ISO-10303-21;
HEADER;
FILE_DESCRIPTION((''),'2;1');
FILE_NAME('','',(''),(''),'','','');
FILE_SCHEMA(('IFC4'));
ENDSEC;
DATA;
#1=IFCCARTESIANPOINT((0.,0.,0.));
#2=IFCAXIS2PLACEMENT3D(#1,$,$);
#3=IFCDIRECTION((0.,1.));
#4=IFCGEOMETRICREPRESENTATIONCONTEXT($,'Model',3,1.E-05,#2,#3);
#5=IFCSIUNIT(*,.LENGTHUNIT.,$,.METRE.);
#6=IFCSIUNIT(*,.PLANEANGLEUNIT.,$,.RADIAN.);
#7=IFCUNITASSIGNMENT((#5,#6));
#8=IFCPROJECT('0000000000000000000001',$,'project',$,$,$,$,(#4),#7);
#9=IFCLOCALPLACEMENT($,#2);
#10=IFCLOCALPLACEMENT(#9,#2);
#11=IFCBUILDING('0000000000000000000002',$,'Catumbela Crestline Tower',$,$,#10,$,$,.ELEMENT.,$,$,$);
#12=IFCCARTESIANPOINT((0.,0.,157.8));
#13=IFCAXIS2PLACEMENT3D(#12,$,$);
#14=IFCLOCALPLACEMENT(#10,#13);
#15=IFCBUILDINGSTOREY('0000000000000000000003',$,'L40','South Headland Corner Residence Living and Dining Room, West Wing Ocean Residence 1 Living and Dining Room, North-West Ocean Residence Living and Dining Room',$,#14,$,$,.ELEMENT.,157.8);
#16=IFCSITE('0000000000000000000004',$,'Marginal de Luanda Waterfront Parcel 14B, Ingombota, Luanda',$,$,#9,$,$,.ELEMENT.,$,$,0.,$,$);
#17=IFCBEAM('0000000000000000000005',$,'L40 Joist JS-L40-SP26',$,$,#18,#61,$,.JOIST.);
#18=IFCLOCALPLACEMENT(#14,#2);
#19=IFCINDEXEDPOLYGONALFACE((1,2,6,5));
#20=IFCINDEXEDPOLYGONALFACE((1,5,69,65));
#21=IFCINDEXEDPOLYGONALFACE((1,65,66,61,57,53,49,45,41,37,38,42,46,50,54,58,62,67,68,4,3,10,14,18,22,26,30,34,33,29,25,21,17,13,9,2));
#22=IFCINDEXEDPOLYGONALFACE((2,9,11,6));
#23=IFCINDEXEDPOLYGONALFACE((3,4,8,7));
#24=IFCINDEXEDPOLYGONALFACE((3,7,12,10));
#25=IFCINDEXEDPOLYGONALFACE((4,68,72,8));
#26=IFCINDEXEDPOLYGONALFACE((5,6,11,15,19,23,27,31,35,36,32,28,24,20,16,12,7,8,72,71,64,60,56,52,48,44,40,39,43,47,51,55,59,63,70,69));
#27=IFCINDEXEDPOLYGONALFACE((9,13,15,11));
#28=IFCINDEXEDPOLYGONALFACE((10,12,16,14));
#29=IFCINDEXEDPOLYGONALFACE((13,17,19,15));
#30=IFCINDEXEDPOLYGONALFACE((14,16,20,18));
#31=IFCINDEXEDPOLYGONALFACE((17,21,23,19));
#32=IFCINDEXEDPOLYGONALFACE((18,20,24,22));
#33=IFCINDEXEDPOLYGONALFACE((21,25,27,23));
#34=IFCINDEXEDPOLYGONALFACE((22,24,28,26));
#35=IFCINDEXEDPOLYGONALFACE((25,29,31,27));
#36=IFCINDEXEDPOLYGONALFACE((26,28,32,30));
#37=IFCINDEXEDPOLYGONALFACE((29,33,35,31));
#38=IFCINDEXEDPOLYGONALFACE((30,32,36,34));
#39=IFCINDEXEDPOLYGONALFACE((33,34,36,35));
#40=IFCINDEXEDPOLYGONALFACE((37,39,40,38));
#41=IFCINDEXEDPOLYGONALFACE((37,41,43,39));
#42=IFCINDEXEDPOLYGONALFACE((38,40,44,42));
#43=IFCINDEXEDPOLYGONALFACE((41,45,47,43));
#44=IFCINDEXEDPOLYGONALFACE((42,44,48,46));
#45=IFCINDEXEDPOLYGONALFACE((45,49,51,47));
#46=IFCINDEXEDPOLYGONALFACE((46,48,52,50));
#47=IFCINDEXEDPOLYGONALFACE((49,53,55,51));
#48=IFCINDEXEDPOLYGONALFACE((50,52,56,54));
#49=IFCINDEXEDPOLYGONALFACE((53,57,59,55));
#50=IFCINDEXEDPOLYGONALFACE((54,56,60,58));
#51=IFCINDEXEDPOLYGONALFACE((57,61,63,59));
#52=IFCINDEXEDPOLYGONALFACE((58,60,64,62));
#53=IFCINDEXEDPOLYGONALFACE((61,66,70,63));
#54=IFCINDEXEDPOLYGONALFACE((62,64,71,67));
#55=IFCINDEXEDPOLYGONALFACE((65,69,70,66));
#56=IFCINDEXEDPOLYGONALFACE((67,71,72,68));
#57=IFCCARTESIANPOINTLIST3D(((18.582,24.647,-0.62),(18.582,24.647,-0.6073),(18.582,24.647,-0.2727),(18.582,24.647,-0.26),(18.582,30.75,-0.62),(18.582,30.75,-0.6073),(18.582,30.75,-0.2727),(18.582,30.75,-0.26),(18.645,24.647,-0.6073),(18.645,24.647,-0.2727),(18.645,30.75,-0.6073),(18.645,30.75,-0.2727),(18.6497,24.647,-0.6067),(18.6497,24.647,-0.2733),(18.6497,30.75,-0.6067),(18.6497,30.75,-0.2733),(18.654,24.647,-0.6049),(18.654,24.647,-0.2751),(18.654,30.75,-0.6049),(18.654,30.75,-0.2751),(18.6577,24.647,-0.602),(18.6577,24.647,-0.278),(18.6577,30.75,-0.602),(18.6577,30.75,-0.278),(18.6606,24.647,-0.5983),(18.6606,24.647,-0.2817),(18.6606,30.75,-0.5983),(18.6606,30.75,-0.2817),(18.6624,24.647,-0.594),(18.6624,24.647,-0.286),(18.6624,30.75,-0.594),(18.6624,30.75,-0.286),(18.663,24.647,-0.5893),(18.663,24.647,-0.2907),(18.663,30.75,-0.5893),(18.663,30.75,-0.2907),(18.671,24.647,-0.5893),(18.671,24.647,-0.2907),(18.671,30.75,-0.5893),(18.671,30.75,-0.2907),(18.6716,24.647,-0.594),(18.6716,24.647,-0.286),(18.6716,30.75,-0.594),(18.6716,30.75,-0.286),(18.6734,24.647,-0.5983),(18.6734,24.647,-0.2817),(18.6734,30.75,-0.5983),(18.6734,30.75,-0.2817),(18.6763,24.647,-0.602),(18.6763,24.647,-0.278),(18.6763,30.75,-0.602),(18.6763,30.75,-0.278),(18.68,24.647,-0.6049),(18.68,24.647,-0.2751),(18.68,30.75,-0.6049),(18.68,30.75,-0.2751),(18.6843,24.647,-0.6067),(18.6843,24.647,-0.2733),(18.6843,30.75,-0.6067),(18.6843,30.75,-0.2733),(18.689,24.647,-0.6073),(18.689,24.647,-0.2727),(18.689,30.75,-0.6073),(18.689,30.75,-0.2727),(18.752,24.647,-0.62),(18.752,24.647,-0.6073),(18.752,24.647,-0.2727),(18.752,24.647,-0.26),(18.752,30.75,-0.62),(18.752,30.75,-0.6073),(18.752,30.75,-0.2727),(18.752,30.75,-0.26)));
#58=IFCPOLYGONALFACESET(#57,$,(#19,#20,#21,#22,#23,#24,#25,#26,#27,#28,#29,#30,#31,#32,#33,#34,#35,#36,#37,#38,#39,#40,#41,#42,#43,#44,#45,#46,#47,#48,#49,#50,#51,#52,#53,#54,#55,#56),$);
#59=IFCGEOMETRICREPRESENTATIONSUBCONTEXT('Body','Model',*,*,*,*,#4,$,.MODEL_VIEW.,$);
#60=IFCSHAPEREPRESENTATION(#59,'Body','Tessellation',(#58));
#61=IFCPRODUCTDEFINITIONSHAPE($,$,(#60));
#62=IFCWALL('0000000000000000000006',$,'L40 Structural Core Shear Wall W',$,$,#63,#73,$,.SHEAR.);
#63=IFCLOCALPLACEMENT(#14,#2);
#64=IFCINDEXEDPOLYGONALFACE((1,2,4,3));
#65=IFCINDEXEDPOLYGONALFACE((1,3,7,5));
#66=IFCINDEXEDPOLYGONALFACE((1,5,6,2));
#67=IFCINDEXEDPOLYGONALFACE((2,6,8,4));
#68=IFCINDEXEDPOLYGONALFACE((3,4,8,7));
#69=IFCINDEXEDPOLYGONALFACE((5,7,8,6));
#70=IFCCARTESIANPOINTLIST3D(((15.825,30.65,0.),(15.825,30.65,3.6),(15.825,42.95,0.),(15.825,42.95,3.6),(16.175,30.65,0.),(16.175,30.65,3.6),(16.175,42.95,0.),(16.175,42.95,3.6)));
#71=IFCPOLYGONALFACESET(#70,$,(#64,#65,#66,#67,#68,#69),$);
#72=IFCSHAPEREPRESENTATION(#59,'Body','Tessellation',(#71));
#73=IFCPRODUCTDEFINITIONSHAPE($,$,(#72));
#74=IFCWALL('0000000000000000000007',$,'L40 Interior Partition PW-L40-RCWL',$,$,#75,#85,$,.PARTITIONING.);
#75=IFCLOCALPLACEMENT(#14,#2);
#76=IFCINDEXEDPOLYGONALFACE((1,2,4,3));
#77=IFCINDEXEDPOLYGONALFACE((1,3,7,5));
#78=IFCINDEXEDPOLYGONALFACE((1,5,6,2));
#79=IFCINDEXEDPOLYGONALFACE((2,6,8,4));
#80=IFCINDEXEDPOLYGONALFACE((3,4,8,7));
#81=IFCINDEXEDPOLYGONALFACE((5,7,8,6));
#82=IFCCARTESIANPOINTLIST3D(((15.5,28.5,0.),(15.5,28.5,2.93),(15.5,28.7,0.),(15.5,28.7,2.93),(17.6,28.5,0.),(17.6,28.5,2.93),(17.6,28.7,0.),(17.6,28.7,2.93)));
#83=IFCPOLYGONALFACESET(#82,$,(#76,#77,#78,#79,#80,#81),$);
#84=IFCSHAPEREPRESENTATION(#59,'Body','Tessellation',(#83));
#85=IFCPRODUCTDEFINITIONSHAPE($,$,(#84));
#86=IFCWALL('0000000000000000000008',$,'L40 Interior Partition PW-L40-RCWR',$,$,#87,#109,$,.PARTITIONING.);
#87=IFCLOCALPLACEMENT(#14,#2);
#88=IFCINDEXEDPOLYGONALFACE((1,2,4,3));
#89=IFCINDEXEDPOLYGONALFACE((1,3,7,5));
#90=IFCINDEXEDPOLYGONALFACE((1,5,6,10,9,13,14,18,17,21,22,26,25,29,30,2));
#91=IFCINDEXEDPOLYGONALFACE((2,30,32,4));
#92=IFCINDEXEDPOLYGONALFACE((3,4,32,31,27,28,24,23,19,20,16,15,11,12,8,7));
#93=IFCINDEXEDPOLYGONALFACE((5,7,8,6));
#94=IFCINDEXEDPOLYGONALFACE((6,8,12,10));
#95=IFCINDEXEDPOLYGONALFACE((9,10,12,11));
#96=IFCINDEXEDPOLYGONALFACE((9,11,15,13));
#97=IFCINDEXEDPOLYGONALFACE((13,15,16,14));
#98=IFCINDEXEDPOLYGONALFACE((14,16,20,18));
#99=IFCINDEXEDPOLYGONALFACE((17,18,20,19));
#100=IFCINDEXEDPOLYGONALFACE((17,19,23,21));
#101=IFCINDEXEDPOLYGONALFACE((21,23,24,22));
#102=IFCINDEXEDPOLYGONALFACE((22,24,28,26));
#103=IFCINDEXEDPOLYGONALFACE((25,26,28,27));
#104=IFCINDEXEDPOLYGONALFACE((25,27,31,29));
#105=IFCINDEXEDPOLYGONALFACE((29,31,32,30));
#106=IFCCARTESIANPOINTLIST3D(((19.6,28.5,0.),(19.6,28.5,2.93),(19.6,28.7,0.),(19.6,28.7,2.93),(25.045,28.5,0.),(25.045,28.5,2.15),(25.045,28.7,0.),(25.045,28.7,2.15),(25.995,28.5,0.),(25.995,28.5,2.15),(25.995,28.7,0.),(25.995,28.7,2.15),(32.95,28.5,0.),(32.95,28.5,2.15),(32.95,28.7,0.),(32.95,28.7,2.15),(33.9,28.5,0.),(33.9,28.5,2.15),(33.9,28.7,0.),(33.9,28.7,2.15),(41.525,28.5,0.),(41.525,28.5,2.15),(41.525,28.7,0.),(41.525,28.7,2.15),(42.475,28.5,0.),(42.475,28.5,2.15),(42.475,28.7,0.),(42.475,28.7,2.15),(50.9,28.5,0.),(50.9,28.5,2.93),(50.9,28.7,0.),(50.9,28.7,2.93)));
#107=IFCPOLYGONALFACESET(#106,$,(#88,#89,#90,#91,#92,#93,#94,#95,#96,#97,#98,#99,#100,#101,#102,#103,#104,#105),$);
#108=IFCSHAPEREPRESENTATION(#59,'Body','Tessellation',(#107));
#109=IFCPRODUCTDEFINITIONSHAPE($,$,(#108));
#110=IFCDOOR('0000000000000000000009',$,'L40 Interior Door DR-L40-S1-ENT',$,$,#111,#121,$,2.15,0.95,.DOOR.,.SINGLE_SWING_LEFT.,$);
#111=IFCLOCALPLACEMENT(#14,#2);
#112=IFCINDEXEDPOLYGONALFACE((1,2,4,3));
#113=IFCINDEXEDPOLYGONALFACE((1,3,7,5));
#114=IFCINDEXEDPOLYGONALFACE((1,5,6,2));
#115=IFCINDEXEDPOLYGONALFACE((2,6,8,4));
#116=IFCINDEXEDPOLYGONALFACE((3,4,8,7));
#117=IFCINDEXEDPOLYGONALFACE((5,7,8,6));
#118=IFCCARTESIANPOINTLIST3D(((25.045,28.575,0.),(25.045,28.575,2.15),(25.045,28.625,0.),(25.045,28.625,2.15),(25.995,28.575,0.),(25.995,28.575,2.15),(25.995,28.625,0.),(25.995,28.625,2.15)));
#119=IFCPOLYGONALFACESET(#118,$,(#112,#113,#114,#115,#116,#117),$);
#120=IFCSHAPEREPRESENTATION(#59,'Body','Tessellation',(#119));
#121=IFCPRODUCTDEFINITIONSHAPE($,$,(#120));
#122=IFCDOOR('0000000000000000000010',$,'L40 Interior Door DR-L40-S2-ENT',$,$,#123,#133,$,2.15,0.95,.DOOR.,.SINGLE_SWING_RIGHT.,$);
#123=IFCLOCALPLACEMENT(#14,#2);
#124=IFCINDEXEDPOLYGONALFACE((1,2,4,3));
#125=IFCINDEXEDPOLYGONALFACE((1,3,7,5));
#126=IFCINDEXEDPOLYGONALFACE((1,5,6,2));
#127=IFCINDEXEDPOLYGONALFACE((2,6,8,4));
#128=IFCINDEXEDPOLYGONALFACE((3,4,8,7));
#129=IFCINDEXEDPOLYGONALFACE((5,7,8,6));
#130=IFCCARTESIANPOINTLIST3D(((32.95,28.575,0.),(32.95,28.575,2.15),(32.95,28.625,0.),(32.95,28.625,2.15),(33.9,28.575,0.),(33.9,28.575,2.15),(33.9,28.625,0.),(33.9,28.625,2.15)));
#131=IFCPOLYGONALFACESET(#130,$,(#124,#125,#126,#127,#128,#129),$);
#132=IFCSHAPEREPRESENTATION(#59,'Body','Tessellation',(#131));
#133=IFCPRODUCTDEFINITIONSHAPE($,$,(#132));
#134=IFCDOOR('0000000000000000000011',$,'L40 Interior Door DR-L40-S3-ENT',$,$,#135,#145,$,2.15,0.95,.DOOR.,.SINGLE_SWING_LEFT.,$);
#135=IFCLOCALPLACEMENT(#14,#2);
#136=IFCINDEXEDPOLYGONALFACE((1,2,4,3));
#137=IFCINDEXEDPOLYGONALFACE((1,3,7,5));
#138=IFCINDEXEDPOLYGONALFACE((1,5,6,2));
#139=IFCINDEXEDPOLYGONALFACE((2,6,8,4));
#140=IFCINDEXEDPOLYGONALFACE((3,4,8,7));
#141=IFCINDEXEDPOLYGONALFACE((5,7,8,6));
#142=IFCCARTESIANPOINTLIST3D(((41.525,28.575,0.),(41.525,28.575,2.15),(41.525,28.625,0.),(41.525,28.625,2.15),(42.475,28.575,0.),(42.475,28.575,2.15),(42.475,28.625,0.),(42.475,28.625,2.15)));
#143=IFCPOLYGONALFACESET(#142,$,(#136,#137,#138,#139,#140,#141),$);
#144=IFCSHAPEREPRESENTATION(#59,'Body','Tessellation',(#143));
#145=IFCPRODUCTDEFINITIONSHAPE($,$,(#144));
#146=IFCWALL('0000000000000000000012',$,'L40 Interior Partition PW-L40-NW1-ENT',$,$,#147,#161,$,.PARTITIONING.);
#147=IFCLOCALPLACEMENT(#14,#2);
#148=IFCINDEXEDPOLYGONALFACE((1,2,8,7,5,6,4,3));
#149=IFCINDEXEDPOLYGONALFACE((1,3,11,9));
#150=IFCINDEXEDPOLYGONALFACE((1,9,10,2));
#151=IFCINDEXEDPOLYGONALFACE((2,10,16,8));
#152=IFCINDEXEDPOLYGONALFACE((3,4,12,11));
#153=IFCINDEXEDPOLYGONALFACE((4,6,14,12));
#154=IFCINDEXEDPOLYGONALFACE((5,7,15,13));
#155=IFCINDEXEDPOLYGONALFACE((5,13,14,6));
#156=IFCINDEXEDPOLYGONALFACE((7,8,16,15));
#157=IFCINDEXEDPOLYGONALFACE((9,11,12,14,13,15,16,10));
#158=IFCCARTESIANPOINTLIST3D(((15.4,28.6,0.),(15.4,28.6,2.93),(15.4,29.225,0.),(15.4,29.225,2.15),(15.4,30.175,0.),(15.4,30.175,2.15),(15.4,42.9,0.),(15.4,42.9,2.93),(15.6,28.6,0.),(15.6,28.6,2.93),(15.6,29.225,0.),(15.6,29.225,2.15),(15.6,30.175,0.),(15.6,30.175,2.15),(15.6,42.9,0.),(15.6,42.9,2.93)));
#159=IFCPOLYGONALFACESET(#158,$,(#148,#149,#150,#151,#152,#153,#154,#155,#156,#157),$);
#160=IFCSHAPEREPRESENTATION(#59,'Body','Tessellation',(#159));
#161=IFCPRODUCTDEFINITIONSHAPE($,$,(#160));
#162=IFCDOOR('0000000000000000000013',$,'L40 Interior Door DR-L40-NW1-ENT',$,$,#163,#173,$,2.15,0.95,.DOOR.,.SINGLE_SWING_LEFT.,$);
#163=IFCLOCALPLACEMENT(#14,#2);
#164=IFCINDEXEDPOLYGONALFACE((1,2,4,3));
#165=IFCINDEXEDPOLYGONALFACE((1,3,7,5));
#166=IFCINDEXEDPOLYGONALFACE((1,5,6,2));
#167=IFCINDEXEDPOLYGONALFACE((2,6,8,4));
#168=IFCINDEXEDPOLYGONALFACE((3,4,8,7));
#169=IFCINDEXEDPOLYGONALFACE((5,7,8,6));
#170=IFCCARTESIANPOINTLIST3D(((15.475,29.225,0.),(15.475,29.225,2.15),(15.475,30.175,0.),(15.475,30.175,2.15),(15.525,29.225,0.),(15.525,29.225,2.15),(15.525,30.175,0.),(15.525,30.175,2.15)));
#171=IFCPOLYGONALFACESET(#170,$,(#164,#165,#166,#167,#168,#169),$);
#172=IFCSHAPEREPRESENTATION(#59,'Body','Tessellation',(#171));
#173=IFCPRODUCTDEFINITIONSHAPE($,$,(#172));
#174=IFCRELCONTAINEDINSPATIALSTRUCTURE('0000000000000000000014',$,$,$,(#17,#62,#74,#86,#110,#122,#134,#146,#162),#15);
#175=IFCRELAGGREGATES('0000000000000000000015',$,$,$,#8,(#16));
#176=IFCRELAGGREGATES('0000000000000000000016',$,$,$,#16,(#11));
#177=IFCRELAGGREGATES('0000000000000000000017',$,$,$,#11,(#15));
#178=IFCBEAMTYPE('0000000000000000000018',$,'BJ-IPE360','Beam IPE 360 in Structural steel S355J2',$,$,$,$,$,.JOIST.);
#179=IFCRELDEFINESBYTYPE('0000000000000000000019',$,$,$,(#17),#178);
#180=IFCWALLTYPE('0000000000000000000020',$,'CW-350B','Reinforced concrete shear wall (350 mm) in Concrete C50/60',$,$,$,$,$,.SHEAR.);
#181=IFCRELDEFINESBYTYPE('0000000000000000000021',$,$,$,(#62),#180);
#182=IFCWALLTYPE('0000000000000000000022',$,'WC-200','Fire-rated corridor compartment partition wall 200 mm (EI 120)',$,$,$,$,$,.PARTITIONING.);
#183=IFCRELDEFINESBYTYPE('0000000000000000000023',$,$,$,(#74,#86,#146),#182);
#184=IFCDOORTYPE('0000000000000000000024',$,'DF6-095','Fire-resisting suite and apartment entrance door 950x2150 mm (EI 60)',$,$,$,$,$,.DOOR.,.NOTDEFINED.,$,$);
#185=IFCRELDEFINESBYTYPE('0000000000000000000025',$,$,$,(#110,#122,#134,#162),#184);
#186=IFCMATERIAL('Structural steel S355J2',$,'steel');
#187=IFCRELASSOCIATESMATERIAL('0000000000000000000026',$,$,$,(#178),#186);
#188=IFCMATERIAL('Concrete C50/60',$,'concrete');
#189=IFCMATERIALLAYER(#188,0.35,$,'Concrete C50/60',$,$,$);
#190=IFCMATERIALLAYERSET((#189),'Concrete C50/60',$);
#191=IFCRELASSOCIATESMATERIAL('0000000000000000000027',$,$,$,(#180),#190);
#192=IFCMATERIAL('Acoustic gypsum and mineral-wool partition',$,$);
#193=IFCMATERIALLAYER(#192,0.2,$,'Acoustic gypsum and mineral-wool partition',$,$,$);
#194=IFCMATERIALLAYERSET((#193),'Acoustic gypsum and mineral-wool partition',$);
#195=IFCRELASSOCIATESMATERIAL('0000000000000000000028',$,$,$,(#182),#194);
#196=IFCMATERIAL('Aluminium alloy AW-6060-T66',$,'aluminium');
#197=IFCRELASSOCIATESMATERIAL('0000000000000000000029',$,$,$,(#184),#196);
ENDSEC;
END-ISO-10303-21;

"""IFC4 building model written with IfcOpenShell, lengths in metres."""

from ifc_helpers import new_model, si_unit, direction, frame, frame_2d, origin, origin_2d, place, context, subcontext, project, spatial, rectangle, i_section, extrude, material, layer, layer_set, material_profile, profile_set, type_object, element, fill, save


model = new_model("IFC4")

# Units and contexts
model_context = context("Model", 3, precision=1e-05, world=origin(), true_north=direction((0.0, 1.0)))
body_context = subcontext(model_context, "Body", "Model", "MODEL_VIEW")
ifc_project = project(units=[si_unit("LENGTHUNIT", "METRE"), si_unit("PLANEANGLEUNIT", "RADIAN")], contexts=[model_context])

# Site, building, storey
site_placement = place(None, origin())
site = spatial("IfcSite", under=ifc_project, at=site_placement, Name="Marginal de Luanda Waterfront Parcel 14B, Ingombota, Luanda", CompositionType="ELEMENT", RefElevation=0.0)
building_placement = place(site_placement, origin())
building = spatial("IfcBuilding", under=site, at=building_placement, Name="Catumbela Crestline Tower", CompositionType="ELEMENT")
storey_placement = place(building_placement, frame((0.0, 0.0, 157.8)))
storey = spatial("IfcBuildingStorey", under=building, at=storey_placement, Name="L40", Description="South Headland Corner Residence Living and Dining Room, West Wing Ocean Residence 1 Living and Dining Room, North-West Ocean Residence Living and Dining Room", CompositionType="ELEMENT", Elevation=157.8)

# Shared definitions
ifc_material_1 = material(Name="Concrete C50/60", Category="concrete")

# Beam
ifc_material_2 = material(Name="Structural steel S355J2", Category="steel")
ifc_material_profile_1 = material_profile(ifc_material_2, i_section(OverallWidth=0.17, OverallDepth=0.36, WebThickness=0.008, FlangeThickness=0.0127, FilletRadius=0.018, at=origin_2d()), Name="IPE 360")
ifc_profile_set_1 = profile_set([ifc_material_profile_1], Name="Structural steel S355J2")
beam_type_1 = type_object("IfcBeamType", Name="BJ-IPE360", Description="Beam IPE 360 in Structural steel S355J2", PredefinedType="JOIST", material=ifc_profile_set_1)
beam_1_placement = place(storey_placement, frame((18.667, 24.647, -0.44), z_axis=(0.0, 1.0, 0.0), x_axis=(-1.0, 0.0, 0.0)))
element("IfcBeam", 1, at=beam_1_placement, inside=storey, type_object=beam_type_1, Name="L40 Joist JS-L40-SP26", PredefinedType="JOIST", context=body_context, shape_type="SweptSolid", body=[
    extrude(i_section(OverallWidth=0.17, OverallDepth=0.36, WebThickness=0.008, FlangeThickness=0.0127, FilletRadius=0.018, at=origin_2d()), origin(), (0.0, 0.0, 1.0), 6.103),
])

# Walls
ifc_layer_1 = layer(ifc_material_1, 0.35, Name="Concrete C50/60")
ifc_layer_set_1 = layer_set([ifc_layer_1], Name="Concrete C50/60")
wall_type_1 = type_object("IfcWallType", Name="CW-350B", Description="Reinforced concrete shear wall (350 mm) in Concrete C50/60", PredefinedType="SHEAR", material=ifc_layer_set_1)
wall_1_placement = place(storey_placement, frame((16.0, 30.65, 0.0), z_axis=(0.0, 0.0, 1.0), x_axis=(0.0, 1.0, 0.0)))
element("IfcWall", 2, at=wall_1_placement, inside=storey, type_object=wall_type_1, Name="L40 Structural Core Shear Wall W", PredefinedType="SHEAR", context=body_context, shape_type="SweptSolid", body=[
    extrude(rectangle(XDim=12.3, YDim=0.35, at=frame_2d((6.15, 0.0))), origin(), (0.0, 0.0, 1.0), 3.6),
])
ifc_material_3 = material(Name="Acoustic gypsum and mineral-wool partition")
ifc_layer_2 = layer(ifc_material_3, 0.2, Name="Acoustic gypsum and mineral-wool partition")
ifc_layer_set_2 = layer_set([ifc_layer_2], Name="Acoustic gypsum and mineral-wool partition")
wall_type_2 = type_object("IfcWallType", Name="WC-200", Description="Fire-rated corridor compartment partition wall 200 mm (EI 120)", PredefinedType="PARTITIONING", material=ifc_layer_set_2)
wall_2_placement = place(storey_placement, frame((15.5, 28.6, 0.0), z_axis=(0.0, 0.0, 1.0), x_axis=(1.0, 0.0, 0.0)))
element("IfcWall", 3, at=wall_2_placement, inside=storey, type_object=wall_type_2, Name="L40 Interior Partition PW-L40-RCWL", PredefinedType="PARTITIONING", context=body_context, shape_type="SweptSolid", body=[
    extrude(rectangle(XDim=2.1, YDim=0.2, at=frame_2d((1.05, 0.0))), origin(), (0.0, 0.0, 1.0), 2.93),
])

# Wall, openings, doors
wall_3_placement = place(storey_placement, frame((19.6, 28.6, 0.0), z_axis=(0.0, 0.0, 1.0), x_axis=(1.0, 0.0, 0.0)))
wall_3 = element("IfcWall", 4, at=wall_3_placement, inside=storey, type_object=wall_type_2, Name="L40 Interior Partition PW-L40-RCWR", PredefinedType="PARTITIONING", context=body_context, shape_type="SweptSolid", body=[
    extrude(rectangle(XDim=31.3, YDim=0.2, at=frame_2d((15.65, 0.0))), origin(), (0.0, 0.0, 1.0), 2.93),
])
opening_1_placement = place(wall_3_placement, frame((5.445, 0.0, 0.0)))
opening_1 = element("IfcOpeningElement", 5, at=opening_1_placement, cuts=wall_3, PredefinedType="OPENING", context=body_context, shape_type="SweptSolid", body=[
    extrude(rectangle(XDim=0.95, YDim=2.15, at=frame_2d((0.475, 1.075))), frame((0.0, 0.11, 0.0), z_axis=(0.0, -1.0, 0.0), x_axis=(1.0, 0.0, 0.0)), (0.0, 0.0, 1.0), 0.22),
])
opening_2_placement = place(wall_3_placement, frame((13.35, 0.0, 0.0)))
opening_2 = element("IfcOpeningElement", 6, at=opening_2_placement, cuts=wall_3, PredefinedType="OPENING", context=body_context, shape_type="SweptSolid", body=[
    extrude(rectangle(XDim=0.95, YDim=2.15, at=frame_2d((0.475, 1.075))), frame((0.0, 0.11, 0.0), z_axis=(0.0, -1.0, 0.0), x_axis=(1.0, 0.0, 0.0)), (0.0, 0.0, 1.0), 0.22),
])
opening_3_placement = place(wall_3_placement, frame((21.925, 0.0, 0.0)))
opening_3 = element("IfcOpeningElement", 7, at=opening_3_placement, cuts=wall_3, PredefinedType="OPENING", context=body_context, shape_type="SweptSolid", body=[
    extrude(rectangle(XDim=0.95, YDim=2.15, at=frame_2d((0.475, 1.075))), frame((0.0, 0.11, 0.0), z_axis=(0.0, -1.0, 0.0), x_axis=(1.0, 0.0, 0.0)), (0.0, 0.0, 1.0), 0.22),
])
ifc_material_4 = material(Name="Aluminium alloy AW-6060-T66", Category="aluminium")
door_type_1 = type_object("IfcDoorType", Name="DF6-095", Description="Fire-resisting suite and apartment entrance door 950x2150 mm (EI 60)", OperationType="NOTDEFINED", PredefinedType="DOOR", material=ifc_material_4)
door_1_placement = place(opening_1_placement, origin())
door_1 = element("IfcDoor", 8, at=door_1_placement, inside=storey, type_object=door_type_1, Name="L40 Interior Door DR-L40-S1-ENT", OperationType="SINGLE_SWING_LEFT", OverallHeight=2.15, OverallWidth=0.95, PredefinedType="DOOR", context=body_context, shape_type="SweptSolid", body=[
    extrude(rectangle(XDim=0.95, YDim=2.15, at=frame_2d((0.475, 1.075))), frame((0.0, 0.025, 0.0), z_axis=(0.0, -1.0, 0.0), x_axis=(1.0, 0.0, 0.0)), (0.0, 0.0, 1.0), 0.05),
])
fill(opening_1, door_1)
door_2_placement = place(opening_2_placement, origin())
door_2 = element("IfcDoor", 9, at=door_2_placement, inside=storey, type_object=door_type_1, Name="L40 Interior Door DR-L40-S2-ENT", OperationType="SINGLE_SWING_RIGHT", OverallHeight=2.15, OverallWidth=0.95, PredefinedType="DOOR", context=body_context, shape_type="SweptSolid", body=[
    extrude(rectangle(XDim=0.95, YDim=2.15, at=frame_2d((0.475, 1.075))), frame((0.0, 0.025, 0.0), z_axis=(0.0, -1.0, 0.0), x_axis=(1.0, 0.0, 0.0)), (0.0, 0.0, 1.0), 0.05),
])
fill(opening_2, door_2)
door_3_placement = place(opening_3_placement, origin())
door_3 = element("IfcDoor", 10, at=door_3_placement, inside=storey, type_object=door_type_1, Name="L40 Interior Door DR-L40-S3-ENT", OperationType="SINGLE_SWING_LEFT", OverallHeight=2.15, OverallWidth=0.95, PredefinedType="DOOR", context=body_context, shape_type="SweptSolid", body=[
    extrude(rectangle(XDim=0.95, YDim=2.15, at=frame_2d((0.475, 1.075))), frame((0.0, 0.025, 0.0), z_axis=(0.0, -1.0, 0.0), x_axis=(1.0, 0.0, 0.0)), (0.0, 0.0, 1.0), 0.05),
])
fill(opening_3, door_3)

# Wall, opening, door
wall_4_placement = place(storey_placement, frame((15.5, 28.6, 0.0), z_axis=(0.0, 0.0, 1.0), x_axis=(0.0, 1.0, 0.0)))
wall_4 = element("IfcWall", 11, at=wall_4_placement, inside=storey, type_object=wall_type_2, Name="L40 Interior Partition PW-L40-NW1-ENT", PredefinedType="PARTITIONING", context=body_context, shape_type="SweptSolid", body=[
    extrude(rectangle(XDim=14.3, YDim=0.2, at=frame_2d((7.15, 0.0))), origin(), (0.0, 0.0, 1.0), 2.93),
])
opening_4_placement = place(wall_4_placement, frame((0.625, 0.0, 0.0)))
opening_4 = element("IfcOpeningElement", 12, at=opening_4_placement, cuts=wall_4, PredefinedType="OPENING", context=body_context, shape_type="SweptSolid", body=[
    extrude(rectangle(XDim=0.95, YDim=2.15, at=frame_2d((0.475, 1.075))), frame((0.0, 0.11, 0.0), z_axis=(0.0, -1.0, 0.0), x_axis=(1.0, 0.0, 0.0)), (0.0, 0.0, 1.0), 0.22),
])
door_4_placement = place(opening_4_placement, origin())
door_4 = element("IfcDoor", 13, at=door_4_placement, inside=storey, type_object=door_type_1, Name="L40 Interior Door DR-L40-NW1-ENT", OperationType="SINGLE_SWING_LEFT", OverallHeight=2.15, OverallWidth=0.95, PredefinedType="DOOR", context=body_context, shape_type="SweptSolid", body=[
    extrude(rectangle(XDim=0.95, YDim=2.15, at=frame_2d((0.475, 1.075))), frame((0.0, 0.025, 0.0), z_axis=(0.0, -1.0, 0.0), x_axis=(1.0, 0.0, 0.0)), (0.0, 0.0, 1.0), 0.05),
])
fill(opening_4, door_4)

save(model, "model.ifc")
